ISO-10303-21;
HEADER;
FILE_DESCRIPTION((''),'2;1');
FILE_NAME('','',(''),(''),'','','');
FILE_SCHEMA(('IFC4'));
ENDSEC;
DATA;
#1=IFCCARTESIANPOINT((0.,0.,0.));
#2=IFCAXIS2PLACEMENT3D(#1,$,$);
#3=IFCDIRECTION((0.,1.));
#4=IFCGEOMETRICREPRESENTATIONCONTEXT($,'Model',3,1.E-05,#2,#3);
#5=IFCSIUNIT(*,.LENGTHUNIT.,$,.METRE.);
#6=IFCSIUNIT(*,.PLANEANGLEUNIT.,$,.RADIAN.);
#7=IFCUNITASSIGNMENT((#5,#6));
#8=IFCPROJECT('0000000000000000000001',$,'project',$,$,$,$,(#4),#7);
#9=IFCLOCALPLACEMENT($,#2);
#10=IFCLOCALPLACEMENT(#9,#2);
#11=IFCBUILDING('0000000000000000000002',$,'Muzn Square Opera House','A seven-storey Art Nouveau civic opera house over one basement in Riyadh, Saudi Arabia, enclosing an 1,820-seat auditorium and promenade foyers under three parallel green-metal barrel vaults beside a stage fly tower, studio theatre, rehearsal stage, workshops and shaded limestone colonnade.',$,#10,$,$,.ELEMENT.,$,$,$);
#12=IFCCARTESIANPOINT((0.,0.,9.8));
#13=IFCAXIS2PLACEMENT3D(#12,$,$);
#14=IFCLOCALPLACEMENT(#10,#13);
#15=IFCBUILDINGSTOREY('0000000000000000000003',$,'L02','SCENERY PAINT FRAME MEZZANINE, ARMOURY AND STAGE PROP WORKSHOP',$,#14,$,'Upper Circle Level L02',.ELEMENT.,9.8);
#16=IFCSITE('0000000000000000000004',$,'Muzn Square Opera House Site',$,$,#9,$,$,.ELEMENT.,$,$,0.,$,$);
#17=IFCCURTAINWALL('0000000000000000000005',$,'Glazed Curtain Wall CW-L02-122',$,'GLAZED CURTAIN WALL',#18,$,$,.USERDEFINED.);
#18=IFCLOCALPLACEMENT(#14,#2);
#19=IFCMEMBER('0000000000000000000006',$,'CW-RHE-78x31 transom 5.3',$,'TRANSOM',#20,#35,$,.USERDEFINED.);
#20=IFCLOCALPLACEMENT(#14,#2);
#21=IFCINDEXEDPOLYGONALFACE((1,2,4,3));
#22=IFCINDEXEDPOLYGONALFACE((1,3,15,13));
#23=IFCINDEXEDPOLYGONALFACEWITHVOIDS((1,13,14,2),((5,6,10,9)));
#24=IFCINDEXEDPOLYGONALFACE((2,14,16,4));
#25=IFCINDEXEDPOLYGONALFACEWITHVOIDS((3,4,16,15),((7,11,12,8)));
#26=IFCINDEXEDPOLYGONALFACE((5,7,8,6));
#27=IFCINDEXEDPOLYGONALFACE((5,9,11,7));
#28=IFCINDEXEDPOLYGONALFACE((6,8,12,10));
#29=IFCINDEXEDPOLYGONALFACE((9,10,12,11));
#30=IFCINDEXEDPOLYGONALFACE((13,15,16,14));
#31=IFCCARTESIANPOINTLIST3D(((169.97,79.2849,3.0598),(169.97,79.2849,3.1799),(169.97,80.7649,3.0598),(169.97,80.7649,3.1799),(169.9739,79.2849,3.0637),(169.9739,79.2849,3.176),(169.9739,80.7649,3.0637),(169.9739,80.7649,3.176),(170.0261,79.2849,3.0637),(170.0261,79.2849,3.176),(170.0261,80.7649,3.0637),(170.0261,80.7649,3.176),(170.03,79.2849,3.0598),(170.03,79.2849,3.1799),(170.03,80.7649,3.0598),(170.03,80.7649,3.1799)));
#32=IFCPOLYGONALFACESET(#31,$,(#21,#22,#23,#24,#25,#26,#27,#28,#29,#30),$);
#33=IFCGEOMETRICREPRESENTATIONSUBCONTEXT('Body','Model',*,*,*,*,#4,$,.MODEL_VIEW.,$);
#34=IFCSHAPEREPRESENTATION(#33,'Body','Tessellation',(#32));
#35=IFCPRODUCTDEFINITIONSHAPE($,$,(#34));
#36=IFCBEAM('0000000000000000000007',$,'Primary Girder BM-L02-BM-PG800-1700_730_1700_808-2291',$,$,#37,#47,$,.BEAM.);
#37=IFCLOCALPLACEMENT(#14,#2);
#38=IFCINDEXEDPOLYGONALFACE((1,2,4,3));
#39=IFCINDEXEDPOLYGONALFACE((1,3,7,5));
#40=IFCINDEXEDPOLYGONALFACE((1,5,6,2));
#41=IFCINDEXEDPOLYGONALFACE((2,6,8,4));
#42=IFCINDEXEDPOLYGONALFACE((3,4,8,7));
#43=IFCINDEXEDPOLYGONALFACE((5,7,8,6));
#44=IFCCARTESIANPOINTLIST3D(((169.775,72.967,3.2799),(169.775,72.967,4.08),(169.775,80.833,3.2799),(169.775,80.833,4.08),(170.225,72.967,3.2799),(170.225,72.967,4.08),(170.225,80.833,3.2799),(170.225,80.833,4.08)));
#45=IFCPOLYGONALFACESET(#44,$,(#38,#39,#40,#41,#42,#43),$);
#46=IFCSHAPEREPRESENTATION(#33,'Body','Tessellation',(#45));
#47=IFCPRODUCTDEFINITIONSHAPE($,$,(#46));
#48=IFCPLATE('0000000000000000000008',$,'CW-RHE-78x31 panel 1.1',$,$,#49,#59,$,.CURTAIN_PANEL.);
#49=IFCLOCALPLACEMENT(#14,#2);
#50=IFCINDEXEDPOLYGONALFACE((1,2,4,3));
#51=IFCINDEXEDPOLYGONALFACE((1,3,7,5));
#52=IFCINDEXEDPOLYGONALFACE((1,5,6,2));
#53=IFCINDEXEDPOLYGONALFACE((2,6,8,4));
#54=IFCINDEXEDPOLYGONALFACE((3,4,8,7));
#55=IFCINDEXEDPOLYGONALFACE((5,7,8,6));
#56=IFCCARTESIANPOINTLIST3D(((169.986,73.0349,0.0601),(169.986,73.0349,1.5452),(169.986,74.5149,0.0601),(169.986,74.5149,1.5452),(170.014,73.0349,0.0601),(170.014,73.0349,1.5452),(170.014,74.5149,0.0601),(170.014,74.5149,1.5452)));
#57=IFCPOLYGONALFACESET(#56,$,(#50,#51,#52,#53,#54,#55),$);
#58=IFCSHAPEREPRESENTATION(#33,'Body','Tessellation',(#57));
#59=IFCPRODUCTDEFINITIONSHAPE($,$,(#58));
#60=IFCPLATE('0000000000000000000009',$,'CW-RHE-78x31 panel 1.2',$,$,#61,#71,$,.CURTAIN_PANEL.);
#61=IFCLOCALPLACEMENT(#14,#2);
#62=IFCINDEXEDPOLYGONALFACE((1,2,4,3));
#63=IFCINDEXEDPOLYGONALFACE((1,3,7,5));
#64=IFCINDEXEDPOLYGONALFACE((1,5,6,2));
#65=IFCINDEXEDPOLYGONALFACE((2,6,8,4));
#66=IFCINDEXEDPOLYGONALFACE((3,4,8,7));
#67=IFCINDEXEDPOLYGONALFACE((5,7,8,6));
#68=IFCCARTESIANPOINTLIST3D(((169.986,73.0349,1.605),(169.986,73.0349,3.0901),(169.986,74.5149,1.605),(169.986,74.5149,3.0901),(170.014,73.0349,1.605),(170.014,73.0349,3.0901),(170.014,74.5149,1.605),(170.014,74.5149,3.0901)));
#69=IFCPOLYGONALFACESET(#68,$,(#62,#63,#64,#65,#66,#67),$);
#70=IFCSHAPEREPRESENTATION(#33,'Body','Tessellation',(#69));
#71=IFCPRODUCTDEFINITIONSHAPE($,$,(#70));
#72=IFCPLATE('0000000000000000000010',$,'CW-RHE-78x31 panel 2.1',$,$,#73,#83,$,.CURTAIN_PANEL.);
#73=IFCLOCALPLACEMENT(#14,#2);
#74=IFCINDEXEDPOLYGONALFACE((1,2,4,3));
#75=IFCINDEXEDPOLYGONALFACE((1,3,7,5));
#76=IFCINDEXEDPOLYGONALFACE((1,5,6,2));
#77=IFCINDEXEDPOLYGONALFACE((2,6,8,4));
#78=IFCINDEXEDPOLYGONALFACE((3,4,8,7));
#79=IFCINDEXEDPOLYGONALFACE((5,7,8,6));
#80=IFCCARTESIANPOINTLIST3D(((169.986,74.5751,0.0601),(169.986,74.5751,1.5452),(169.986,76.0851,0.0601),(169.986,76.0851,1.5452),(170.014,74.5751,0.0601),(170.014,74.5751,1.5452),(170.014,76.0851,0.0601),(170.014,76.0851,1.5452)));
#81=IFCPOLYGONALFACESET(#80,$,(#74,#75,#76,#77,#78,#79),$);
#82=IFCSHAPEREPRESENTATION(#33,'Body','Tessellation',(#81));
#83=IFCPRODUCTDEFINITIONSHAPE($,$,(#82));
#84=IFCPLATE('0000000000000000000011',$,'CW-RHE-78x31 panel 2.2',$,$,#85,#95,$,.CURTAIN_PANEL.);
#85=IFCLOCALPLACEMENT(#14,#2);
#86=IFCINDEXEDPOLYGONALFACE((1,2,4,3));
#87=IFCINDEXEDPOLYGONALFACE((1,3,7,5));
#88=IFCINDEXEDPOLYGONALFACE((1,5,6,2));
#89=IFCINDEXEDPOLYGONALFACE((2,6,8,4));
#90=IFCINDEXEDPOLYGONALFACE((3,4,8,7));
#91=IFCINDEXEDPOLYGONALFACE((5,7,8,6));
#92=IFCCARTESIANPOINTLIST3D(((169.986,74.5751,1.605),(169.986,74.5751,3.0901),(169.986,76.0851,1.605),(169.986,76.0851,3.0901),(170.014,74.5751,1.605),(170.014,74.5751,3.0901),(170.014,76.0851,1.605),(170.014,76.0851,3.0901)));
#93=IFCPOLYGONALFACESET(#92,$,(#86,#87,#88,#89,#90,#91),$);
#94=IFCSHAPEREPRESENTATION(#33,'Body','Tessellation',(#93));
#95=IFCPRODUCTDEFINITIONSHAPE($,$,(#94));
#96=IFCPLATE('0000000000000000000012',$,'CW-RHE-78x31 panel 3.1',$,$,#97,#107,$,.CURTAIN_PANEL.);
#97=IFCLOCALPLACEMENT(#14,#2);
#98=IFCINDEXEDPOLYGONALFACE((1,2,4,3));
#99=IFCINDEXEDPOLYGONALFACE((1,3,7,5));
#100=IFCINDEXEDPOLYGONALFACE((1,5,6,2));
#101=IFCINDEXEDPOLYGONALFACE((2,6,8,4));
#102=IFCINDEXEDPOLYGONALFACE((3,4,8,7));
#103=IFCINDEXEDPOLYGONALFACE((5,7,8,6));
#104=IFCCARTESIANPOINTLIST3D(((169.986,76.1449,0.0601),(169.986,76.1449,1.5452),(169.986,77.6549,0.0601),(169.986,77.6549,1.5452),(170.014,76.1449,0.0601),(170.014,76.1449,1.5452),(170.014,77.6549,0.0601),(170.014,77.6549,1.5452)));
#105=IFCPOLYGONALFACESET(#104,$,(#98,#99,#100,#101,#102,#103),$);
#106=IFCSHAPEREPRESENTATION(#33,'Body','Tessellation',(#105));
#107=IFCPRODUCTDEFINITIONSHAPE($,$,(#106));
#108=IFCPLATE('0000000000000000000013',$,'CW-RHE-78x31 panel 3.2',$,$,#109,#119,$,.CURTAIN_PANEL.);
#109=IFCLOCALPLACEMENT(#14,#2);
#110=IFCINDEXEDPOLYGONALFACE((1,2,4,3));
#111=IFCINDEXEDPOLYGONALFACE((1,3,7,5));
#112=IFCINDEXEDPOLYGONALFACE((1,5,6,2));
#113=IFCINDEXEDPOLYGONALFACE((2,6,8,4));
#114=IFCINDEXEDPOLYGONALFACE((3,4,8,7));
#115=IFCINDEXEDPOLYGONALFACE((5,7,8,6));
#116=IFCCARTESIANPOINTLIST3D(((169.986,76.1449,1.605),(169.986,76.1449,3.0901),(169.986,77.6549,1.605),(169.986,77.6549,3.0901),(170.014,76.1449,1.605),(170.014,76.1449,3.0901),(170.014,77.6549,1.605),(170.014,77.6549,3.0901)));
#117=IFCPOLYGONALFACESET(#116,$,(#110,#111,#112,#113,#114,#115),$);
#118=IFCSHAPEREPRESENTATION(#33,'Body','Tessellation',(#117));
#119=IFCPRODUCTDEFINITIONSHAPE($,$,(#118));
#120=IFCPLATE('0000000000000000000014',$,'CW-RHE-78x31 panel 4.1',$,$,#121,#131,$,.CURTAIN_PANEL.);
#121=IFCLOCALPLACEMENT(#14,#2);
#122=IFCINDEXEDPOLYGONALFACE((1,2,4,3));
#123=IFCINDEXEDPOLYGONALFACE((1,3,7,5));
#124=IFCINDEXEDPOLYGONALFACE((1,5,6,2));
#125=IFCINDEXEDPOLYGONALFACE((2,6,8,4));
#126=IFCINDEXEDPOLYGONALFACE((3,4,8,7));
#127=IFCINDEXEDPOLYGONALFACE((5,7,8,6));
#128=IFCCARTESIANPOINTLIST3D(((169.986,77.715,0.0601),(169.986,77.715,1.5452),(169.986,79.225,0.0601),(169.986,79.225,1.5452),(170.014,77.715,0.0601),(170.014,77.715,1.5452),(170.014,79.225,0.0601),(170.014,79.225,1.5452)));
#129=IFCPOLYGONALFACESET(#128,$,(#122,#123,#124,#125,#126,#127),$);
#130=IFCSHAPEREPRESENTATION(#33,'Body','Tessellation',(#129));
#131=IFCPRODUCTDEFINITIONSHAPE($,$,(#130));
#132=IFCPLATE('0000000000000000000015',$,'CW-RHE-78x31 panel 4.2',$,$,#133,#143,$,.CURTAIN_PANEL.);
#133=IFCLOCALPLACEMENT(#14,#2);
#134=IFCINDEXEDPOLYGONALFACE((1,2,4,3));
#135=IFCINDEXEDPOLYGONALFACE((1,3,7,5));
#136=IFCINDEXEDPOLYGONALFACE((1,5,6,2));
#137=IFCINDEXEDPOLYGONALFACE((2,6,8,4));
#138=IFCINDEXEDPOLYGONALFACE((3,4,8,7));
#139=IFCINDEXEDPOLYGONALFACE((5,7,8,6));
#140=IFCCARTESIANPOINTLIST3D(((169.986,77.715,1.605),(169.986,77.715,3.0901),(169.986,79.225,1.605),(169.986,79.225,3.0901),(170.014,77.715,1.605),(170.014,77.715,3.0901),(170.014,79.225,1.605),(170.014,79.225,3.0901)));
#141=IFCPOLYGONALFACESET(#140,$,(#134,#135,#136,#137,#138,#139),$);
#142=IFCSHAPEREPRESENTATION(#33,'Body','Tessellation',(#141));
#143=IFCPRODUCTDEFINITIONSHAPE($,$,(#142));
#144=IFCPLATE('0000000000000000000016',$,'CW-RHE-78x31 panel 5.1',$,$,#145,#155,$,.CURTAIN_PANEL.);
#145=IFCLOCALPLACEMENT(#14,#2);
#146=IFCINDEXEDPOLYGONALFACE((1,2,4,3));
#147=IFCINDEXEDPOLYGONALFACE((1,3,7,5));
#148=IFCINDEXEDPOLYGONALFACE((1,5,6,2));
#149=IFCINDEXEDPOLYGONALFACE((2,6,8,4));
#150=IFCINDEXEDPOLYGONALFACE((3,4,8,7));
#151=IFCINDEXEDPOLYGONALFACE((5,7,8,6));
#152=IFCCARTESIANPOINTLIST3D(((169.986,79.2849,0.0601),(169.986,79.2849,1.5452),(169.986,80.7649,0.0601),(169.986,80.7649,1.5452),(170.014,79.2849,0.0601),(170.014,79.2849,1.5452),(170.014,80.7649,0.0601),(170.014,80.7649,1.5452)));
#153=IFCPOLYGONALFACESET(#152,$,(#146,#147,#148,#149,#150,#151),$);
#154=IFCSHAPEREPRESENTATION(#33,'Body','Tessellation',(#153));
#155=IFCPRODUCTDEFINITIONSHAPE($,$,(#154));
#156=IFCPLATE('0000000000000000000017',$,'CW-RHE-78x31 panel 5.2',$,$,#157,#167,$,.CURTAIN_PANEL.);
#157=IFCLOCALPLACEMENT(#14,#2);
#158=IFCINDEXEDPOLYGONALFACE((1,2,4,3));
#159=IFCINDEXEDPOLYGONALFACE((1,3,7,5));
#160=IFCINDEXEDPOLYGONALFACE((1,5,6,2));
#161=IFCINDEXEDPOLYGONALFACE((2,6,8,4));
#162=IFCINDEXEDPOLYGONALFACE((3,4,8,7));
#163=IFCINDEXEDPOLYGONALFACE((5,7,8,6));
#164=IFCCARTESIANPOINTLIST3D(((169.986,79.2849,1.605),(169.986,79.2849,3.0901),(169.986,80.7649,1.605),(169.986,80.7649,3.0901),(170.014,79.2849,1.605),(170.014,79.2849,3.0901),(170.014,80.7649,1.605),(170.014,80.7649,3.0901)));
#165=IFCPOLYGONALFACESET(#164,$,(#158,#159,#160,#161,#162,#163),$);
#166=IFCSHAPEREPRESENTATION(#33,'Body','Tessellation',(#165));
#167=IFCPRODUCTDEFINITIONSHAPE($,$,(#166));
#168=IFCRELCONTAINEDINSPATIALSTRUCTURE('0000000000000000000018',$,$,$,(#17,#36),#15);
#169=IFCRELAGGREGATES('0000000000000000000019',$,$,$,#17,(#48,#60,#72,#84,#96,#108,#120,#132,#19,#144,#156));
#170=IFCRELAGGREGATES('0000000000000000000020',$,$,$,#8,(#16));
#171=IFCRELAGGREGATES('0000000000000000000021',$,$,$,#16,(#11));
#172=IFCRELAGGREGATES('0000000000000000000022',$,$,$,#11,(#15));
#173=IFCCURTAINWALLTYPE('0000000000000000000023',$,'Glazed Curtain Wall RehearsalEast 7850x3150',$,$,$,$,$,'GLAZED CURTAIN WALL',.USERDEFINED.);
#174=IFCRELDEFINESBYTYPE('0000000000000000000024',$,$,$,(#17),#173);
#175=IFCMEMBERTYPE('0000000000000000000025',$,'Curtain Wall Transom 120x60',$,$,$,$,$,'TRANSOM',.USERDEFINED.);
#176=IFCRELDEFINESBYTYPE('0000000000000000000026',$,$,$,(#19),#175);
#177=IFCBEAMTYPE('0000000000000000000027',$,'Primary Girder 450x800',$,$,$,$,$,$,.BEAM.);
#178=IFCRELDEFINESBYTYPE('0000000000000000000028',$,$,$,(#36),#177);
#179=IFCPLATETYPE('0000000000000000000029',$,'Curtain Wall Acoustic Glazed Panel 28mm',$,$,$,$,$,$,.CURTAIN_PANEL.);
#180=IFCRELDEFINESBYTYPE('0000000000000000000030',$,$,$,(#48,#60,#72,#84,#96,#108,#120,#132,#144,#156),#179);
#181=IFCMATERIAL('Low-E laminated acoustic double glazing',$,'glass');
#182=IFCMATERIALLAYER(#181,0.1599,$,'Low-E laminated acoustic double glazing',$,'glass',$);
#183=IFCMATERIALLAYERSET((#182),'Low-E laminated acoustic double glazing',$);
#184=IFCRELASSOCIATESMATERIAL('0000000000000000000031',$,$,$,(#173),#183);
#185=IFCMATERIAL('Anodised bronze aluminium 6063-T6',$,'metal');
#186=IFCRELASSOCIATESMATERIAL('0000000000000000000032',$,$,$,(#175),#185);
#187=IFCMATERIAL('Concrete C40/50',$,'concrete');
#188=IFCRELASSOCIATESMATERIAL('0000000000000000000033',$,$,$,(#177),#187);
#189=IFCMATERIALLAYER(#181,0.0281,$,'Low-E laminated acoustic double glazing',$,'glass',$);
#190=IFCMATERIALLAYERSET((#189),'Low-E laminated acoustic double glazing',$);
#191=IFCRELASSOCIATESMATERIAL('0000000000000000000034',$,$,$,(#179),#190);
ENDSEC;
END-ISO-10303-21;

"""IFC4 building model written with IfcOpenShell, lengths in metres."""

from ifc_helpers import new_model, si_unit, direction, frame, origin, origin_2d, place, context, subcontext, project, spatial, rectangle, hollow_rectangle, extrude, material, layer, layer_set, material_profile, profile_set, type_object, element, aggregate, save


model = new_model("IFC4")

# Units and contexts
model_context = context("Model", 3, precision=1e-05, world=origin(), true_north=direction((0.0, 1.0)))
body_context = subcontext(model_context, "Body", "Model", "MODEL_VIEW")
ifc_project = project(units=[si_unit("LENGTHUNIT", "METRE"), si_unit("PLANEANGLEUNIT", "RADIAN")], contexts=[model_context])

# Site, building, storey
site_placement = place(None, origin())
site = spatial("IfcSite", under=ifc_project, at=site_placement, Name="Muzn Square Opera House Site", CompositionType="ELEMENT", RefElevation=0.0)
building_placement = place(site_placement, origin())
building = spatial("IfcBuilding", under=site, at=building_placement, Name="Muzn Square Opera House", Description="A seven-storey Art Nouveau civic opera house over one basement in Riyadh, Saudi Arabia, enclosing an 1,820-seat auditorium and promenade foyers under three parallel green-metal barrel vaults beside a stage fly tower, studio theatre, rehearsal stage, workshops and shaded limestone colonnade.", CompositionType="ELEMENT")
storey_placement = place(building_placement, frame((0.0, 0.0, 9.8)))
storey = spatial("IfcBuildingStorey", under=building, at=storey_placement, Name="L02", Description="SCENERY PAINT FRAME MEZZANINE, ARMOURY AND STAGE PROP WORKSHOP", LongName="Upper Circle Level L02", CompositionType="ELEMENT", Elevation=9.8)

# Curtain wall, member
ifc_material_1 = material(Name="Low-E laminated acoustic double glazing", Category="glass")
ifc_layer_1 = layer(ifc_material_1, 0.1599, Name="Low-E laminated acoustic double glazing", Category="glass")
ifc_layer_set_1 = layer_set([ifc_layer_1], Name="Low-E laminated acoustic double glazing")
curtain_wall_type = type_object("IfcCurtainWallType", Name="Glazed Curtain Wall RehearsalEast 7850x3150", ElementType="GLAZED CURTAIN WALL", PredefinedType="USERDEFINED", material=ifc_layer_set_1)
curtain_wall_placement = place(storey_placement, origin())
curtain_wall = element("IfcCurtainWall", 1, at=curtain_wall_placement, inside=storey, type_object=curtain_wall_type, Name="Glazed Curtain Wall CW-L02-122", ObjectType="GLAZED CURTAIN WALL", PredefinedType="USERDEFINED")
ifc_material_2 = material(Name="Anodised bronze aluminium 6063-T6", Category="metal")
ifc_material_profile_1 = material_profile(ifc_material_2, hollow_rectangle(XDim=0.0601, YDim=0.1201, WallThickness=0.0039, at=origin_2d()), Name="ALU 120x60x4", Category="metal")
ifc_profile_set_1 = profile_set([ifc_material_profile_1], Name="Anodised bronze aluminium 6063-T6")
member_type_1 = type_object("IfcMemberType", Name="Curtain Wall Transom 120x60", ElementType="TRANSOM", PredefinedType="USERDEFINED", material=ifc_profile_set_1)
member_1_placement = place(storey_placement, frame((170.0, 79.2849, 3.1199), z_axis=(0.0, 1.0, 0.0), x_axis=(-1.0, 0.0, 0.0)))
member_1 = element("IfcMember", 2, at=member_1_placement, type_object=member_type_1, Name="CW-RHE-78x31 transom 5.3", ObjectType="TRANSOM", PredefinedType="USERDEFINED", context=body_context, shape_type="SweptSolid", body=[
    extrude(hollow_rectangle(XDim=0.0601, YDim=0.1201, WallThickness=0.0039, at=origin_2d()), origin(), (0.0, 0.0, 1.0), 1.48),
])

# Beam
ifc_material_3 = material(Name="Concrete C40/50", Category="concrete")
ifc_material_profile_2 = material_profile(ifc_material_3, rectangle(XDim=0.45, YDim=0.8, at=origin_2d()), Name="RCB 450x800", Category="concrete")
ifc_profile_set_2 = profile_set([ifc_material_profile_2], Name="Concrete C40/50")
beam_type = type_object("IfcBeamType", Name="Primary Girder 450x800", PredefinedType="BEAM", material=ifc_profile_set_2)
beam_placement = place(storey_placement, frame((170.0, 72.967, 3.6799), z_axis=(0.0, 1.0, 0.0), x_axis=(-1.0, 0.0, 0.0)))
element("IfcBeam", 3, at=beam_placement, inside=storey, type_object=beam_type, Name="Primary Girder BM-L02-BM-PG800-1700_730_1700_808-2291", PredefinedType="BEAM", context=body_context, shape_type="SweptSolid", body=[
    extrude(rectangle(XDim=0.45, YDim=0.8, at=origin_2d()), origin(), (0.0, 0.0, 1.0), 7.866),
])

# Plates
ifc_layer_2 = layer(ifc_material_1, 0.0281, Name="Low-E laminated acoustic double glazing", Category="glass")
ifc_layer_set_2 = layer_set([ifc_layer_2], Name="Low-E laminated acoustic double glazing")
plate_type = type_object("IfcPlateType", Name="Curtain Wall Acoustic Glazed Panel 28mm", PredefinedType="CURTAIN_PANEL", material=ifc_layer_set_2)
plate_1_placement = place(storey_placement, frame((170.0, 73.7749, 0.0601), z_axis=(0.0, 0.0, 1.0), x_axis=(0.0, 1.0, 0.0)))
plate_1 = element("IfcPlate", 4, at=plate_1_placement, type_object=plate_type, Name="CW-RHE-78x31 panel 1.1", PredefinedType="CURTAIN_PANEL", context=body_context, shape_type="SweptSolid", body=[
    extrude(rectangle(XDim=1.48, YDim=0.0281, at=origin_2d()), origin(), (0.0, 0.0, 1.0), 1.4851),
])
plate_2_placement = place(storey_placement, frame((170.0, 73.7749, 1.605), z_axis=(0.0, 0.0, 1.0), x_axis=(0.0, 1.0, 0.0)))
plate_2 = element("IfcPlate", 5, at=plate_2_placement, type_object=plate_type, Name="CW-RHE-78x31 panel 1.2", PredefinedType="CURTAIN_PANEL", context=body_context, shape_type="SweptSolid", body=[
    extrude(rectangle(XDim=1.48, YDim=0.0281, at=origin_2d()), origin(), (0.0, 0.0, 1.0), 1.4851),
])
plate_3_placement = place(storey_placement, frame((170.0, 75.3301, 0.0601), z_axis=(0.0, 0.0, 1.0), x_axis=(0.0, 1.0, 0.0)))
plate_3 = element("IfcPlate", 6, at=plate_3_placement, type_object=plate_type, Name="CW-RHE-78x31 panel 2.1", PredefinedType="CURTAIN_PANEL", context=body_context, shape_type="SweptSolid", body=[
    extrude(rectangle(XDim=1.51, YDim=0.0281, at=origin_2d()), origin(), (0.0, 0.0, 1.0), 1.4851),
])
plate_4_placement = place(storey_placement, frame((170.0, 75.3301, 1.605), z_axis=(0.0, 0.0, 1.0), x_axis=(0.0, 1.0, 0.0)))
plate_4 = element("IfcPlate", 7, at=plate_4_placement, type_object=plate_type, Name="CW-RHE-78x31 panel 2.2", PredefinedType="CURTAIN_PANEL", context=body_context, shape_type="SweptSolid", body=[
    extrude(rectangle(XDim=1.51, YDim=0.0281, at=origin_2d()), origin(), (0.0, 0.0, 1.0), 1.4851),
])
plate_5_placement = place(storey_placement, frame((170.0, 76.8999, 0.0601), z_axis=(0.0, 0.0, 1.0), x_axis=(0.0, 1.0, 0.0)))
plate_5 = element("IfcPlate", 8, at=plate_5_placement, type_object=plate_type, Name="CW-RHE-78x31 panel 3.1", PredefinedType="CURTAIN_PANEL", context=body_context, shape_type="SweptSolid", body=[
    extrude(rectangle(XDim=1.51, YDim=0.0281, at=origin_2d()), origin(), (0.0, 0.0, 1.0), 1.4851),
])
plate_6_placement = place(storey_placement, frame((170.0, 76.8999, 1.605), z_axis=(0.0, 0.0, 1.0), x_axis=(0.0, 1.0, 0.0)))
plate_6 = element("IfcPlate", 9, at=plate_6_placement, type_object=plate_type, Name="CW-RHE-78x31 panel 3.2", PredefinedType="CURTAIN_PANEL", context=body_context, shape_type="SweptSolid", body=[
    extrude(rectangle(XDim=1.51, YDim=0.0281, at=origin_2d()), origin(), (0.0, 0.0, 1.0), 1.4851),
])
plate_7_placement = place(storey_placement, frame((170.0, 78.47, 0.0601), z_axis=(0.0, 0.0, 1.0), x_axis=(0.0, 1.0, 0.0)))
plate_7 = element("IfcPlate", 10, at=plate_7_placement, type_object=plate_type, Name="CW-RHE-78x31 panel 4.1", PredefinedType="CURTAIN_PANEL", context=body_context, shape_type="SweptSolid", body=[
    extrude(rectangle(XDim=1.51, YDim=0.0281, at=origin_2d()), origin(), (0.0, 0.0, 1.0), 1.4851),
])
plate_8_placement = place(storey_placement, frame((170.0, 78.47, 1.605), z_axis=(0.0, 0.0, 1.0), x_axis=(0.0, 1.0, 0.0)))
plate_8 = element("IfcPlate", 11, at=plate_8_placement, type_object=plate_type, Name="CW-RHE-78x31 panel 4.2", PredefinedType="CURTAIN_PANEL", context=body_context, shape_type="SweptSolid", body=[
    extrude(rectangle(XDim=1.51, YDim=0.0281, at=origin_2d()), origin(), (0.0, 0.0, 1.0), 1.4851),
])
plate_9_placement = place(storey_placement, frame((170.0, 80.0249, 0.0601), z_axis=(0.0, 0.0, 1.0), x_axis=(0.0, 1.0, 0.0)))
plate_9 = element("IfcPlate", 12, at=plate_9_placement, type_object=plate_type, Name="CW-RHE-78x31 panel 5.1", PredefinedType="CURTAIN_PANEL", context=body_context, shape_type="SweptSolid", body=[
    extrude(rectangle(XDim=1.48, YDim=0.0281, at=origin_2d()), origin(), (0.0, 0.0, 1.0), 1.4851),
])
plate_10_placement = place(storey_placement, frame((170.0, 80.0249, 1.605), z_axis=(0.0, 0.0, 1.0), x_axis=(0.0, 1.0, 0.0)))
plate_10 = element("IfcPlate", 13, at=plate_10_placement, type_object=plate_type, Name="CW-RHE-78x31 panel 5.2", PredefinedType="CURTAIN_PANEL", context=body_context, shape_type="SweptSolid", body=[
    extrude(rectangle(XDim=1.48, YDim=0.0281, at=origin_2d()), origin(), (0.0, 0.0, 1.0), 1.4851),
])
aggregate(curtain_wall, [plate_1, plate_2, plate_3, plate_4, plate_5, plate_6, plate_7, plate_8, member_1, plate_9, plate_10])

save(model, "model.ifc")
